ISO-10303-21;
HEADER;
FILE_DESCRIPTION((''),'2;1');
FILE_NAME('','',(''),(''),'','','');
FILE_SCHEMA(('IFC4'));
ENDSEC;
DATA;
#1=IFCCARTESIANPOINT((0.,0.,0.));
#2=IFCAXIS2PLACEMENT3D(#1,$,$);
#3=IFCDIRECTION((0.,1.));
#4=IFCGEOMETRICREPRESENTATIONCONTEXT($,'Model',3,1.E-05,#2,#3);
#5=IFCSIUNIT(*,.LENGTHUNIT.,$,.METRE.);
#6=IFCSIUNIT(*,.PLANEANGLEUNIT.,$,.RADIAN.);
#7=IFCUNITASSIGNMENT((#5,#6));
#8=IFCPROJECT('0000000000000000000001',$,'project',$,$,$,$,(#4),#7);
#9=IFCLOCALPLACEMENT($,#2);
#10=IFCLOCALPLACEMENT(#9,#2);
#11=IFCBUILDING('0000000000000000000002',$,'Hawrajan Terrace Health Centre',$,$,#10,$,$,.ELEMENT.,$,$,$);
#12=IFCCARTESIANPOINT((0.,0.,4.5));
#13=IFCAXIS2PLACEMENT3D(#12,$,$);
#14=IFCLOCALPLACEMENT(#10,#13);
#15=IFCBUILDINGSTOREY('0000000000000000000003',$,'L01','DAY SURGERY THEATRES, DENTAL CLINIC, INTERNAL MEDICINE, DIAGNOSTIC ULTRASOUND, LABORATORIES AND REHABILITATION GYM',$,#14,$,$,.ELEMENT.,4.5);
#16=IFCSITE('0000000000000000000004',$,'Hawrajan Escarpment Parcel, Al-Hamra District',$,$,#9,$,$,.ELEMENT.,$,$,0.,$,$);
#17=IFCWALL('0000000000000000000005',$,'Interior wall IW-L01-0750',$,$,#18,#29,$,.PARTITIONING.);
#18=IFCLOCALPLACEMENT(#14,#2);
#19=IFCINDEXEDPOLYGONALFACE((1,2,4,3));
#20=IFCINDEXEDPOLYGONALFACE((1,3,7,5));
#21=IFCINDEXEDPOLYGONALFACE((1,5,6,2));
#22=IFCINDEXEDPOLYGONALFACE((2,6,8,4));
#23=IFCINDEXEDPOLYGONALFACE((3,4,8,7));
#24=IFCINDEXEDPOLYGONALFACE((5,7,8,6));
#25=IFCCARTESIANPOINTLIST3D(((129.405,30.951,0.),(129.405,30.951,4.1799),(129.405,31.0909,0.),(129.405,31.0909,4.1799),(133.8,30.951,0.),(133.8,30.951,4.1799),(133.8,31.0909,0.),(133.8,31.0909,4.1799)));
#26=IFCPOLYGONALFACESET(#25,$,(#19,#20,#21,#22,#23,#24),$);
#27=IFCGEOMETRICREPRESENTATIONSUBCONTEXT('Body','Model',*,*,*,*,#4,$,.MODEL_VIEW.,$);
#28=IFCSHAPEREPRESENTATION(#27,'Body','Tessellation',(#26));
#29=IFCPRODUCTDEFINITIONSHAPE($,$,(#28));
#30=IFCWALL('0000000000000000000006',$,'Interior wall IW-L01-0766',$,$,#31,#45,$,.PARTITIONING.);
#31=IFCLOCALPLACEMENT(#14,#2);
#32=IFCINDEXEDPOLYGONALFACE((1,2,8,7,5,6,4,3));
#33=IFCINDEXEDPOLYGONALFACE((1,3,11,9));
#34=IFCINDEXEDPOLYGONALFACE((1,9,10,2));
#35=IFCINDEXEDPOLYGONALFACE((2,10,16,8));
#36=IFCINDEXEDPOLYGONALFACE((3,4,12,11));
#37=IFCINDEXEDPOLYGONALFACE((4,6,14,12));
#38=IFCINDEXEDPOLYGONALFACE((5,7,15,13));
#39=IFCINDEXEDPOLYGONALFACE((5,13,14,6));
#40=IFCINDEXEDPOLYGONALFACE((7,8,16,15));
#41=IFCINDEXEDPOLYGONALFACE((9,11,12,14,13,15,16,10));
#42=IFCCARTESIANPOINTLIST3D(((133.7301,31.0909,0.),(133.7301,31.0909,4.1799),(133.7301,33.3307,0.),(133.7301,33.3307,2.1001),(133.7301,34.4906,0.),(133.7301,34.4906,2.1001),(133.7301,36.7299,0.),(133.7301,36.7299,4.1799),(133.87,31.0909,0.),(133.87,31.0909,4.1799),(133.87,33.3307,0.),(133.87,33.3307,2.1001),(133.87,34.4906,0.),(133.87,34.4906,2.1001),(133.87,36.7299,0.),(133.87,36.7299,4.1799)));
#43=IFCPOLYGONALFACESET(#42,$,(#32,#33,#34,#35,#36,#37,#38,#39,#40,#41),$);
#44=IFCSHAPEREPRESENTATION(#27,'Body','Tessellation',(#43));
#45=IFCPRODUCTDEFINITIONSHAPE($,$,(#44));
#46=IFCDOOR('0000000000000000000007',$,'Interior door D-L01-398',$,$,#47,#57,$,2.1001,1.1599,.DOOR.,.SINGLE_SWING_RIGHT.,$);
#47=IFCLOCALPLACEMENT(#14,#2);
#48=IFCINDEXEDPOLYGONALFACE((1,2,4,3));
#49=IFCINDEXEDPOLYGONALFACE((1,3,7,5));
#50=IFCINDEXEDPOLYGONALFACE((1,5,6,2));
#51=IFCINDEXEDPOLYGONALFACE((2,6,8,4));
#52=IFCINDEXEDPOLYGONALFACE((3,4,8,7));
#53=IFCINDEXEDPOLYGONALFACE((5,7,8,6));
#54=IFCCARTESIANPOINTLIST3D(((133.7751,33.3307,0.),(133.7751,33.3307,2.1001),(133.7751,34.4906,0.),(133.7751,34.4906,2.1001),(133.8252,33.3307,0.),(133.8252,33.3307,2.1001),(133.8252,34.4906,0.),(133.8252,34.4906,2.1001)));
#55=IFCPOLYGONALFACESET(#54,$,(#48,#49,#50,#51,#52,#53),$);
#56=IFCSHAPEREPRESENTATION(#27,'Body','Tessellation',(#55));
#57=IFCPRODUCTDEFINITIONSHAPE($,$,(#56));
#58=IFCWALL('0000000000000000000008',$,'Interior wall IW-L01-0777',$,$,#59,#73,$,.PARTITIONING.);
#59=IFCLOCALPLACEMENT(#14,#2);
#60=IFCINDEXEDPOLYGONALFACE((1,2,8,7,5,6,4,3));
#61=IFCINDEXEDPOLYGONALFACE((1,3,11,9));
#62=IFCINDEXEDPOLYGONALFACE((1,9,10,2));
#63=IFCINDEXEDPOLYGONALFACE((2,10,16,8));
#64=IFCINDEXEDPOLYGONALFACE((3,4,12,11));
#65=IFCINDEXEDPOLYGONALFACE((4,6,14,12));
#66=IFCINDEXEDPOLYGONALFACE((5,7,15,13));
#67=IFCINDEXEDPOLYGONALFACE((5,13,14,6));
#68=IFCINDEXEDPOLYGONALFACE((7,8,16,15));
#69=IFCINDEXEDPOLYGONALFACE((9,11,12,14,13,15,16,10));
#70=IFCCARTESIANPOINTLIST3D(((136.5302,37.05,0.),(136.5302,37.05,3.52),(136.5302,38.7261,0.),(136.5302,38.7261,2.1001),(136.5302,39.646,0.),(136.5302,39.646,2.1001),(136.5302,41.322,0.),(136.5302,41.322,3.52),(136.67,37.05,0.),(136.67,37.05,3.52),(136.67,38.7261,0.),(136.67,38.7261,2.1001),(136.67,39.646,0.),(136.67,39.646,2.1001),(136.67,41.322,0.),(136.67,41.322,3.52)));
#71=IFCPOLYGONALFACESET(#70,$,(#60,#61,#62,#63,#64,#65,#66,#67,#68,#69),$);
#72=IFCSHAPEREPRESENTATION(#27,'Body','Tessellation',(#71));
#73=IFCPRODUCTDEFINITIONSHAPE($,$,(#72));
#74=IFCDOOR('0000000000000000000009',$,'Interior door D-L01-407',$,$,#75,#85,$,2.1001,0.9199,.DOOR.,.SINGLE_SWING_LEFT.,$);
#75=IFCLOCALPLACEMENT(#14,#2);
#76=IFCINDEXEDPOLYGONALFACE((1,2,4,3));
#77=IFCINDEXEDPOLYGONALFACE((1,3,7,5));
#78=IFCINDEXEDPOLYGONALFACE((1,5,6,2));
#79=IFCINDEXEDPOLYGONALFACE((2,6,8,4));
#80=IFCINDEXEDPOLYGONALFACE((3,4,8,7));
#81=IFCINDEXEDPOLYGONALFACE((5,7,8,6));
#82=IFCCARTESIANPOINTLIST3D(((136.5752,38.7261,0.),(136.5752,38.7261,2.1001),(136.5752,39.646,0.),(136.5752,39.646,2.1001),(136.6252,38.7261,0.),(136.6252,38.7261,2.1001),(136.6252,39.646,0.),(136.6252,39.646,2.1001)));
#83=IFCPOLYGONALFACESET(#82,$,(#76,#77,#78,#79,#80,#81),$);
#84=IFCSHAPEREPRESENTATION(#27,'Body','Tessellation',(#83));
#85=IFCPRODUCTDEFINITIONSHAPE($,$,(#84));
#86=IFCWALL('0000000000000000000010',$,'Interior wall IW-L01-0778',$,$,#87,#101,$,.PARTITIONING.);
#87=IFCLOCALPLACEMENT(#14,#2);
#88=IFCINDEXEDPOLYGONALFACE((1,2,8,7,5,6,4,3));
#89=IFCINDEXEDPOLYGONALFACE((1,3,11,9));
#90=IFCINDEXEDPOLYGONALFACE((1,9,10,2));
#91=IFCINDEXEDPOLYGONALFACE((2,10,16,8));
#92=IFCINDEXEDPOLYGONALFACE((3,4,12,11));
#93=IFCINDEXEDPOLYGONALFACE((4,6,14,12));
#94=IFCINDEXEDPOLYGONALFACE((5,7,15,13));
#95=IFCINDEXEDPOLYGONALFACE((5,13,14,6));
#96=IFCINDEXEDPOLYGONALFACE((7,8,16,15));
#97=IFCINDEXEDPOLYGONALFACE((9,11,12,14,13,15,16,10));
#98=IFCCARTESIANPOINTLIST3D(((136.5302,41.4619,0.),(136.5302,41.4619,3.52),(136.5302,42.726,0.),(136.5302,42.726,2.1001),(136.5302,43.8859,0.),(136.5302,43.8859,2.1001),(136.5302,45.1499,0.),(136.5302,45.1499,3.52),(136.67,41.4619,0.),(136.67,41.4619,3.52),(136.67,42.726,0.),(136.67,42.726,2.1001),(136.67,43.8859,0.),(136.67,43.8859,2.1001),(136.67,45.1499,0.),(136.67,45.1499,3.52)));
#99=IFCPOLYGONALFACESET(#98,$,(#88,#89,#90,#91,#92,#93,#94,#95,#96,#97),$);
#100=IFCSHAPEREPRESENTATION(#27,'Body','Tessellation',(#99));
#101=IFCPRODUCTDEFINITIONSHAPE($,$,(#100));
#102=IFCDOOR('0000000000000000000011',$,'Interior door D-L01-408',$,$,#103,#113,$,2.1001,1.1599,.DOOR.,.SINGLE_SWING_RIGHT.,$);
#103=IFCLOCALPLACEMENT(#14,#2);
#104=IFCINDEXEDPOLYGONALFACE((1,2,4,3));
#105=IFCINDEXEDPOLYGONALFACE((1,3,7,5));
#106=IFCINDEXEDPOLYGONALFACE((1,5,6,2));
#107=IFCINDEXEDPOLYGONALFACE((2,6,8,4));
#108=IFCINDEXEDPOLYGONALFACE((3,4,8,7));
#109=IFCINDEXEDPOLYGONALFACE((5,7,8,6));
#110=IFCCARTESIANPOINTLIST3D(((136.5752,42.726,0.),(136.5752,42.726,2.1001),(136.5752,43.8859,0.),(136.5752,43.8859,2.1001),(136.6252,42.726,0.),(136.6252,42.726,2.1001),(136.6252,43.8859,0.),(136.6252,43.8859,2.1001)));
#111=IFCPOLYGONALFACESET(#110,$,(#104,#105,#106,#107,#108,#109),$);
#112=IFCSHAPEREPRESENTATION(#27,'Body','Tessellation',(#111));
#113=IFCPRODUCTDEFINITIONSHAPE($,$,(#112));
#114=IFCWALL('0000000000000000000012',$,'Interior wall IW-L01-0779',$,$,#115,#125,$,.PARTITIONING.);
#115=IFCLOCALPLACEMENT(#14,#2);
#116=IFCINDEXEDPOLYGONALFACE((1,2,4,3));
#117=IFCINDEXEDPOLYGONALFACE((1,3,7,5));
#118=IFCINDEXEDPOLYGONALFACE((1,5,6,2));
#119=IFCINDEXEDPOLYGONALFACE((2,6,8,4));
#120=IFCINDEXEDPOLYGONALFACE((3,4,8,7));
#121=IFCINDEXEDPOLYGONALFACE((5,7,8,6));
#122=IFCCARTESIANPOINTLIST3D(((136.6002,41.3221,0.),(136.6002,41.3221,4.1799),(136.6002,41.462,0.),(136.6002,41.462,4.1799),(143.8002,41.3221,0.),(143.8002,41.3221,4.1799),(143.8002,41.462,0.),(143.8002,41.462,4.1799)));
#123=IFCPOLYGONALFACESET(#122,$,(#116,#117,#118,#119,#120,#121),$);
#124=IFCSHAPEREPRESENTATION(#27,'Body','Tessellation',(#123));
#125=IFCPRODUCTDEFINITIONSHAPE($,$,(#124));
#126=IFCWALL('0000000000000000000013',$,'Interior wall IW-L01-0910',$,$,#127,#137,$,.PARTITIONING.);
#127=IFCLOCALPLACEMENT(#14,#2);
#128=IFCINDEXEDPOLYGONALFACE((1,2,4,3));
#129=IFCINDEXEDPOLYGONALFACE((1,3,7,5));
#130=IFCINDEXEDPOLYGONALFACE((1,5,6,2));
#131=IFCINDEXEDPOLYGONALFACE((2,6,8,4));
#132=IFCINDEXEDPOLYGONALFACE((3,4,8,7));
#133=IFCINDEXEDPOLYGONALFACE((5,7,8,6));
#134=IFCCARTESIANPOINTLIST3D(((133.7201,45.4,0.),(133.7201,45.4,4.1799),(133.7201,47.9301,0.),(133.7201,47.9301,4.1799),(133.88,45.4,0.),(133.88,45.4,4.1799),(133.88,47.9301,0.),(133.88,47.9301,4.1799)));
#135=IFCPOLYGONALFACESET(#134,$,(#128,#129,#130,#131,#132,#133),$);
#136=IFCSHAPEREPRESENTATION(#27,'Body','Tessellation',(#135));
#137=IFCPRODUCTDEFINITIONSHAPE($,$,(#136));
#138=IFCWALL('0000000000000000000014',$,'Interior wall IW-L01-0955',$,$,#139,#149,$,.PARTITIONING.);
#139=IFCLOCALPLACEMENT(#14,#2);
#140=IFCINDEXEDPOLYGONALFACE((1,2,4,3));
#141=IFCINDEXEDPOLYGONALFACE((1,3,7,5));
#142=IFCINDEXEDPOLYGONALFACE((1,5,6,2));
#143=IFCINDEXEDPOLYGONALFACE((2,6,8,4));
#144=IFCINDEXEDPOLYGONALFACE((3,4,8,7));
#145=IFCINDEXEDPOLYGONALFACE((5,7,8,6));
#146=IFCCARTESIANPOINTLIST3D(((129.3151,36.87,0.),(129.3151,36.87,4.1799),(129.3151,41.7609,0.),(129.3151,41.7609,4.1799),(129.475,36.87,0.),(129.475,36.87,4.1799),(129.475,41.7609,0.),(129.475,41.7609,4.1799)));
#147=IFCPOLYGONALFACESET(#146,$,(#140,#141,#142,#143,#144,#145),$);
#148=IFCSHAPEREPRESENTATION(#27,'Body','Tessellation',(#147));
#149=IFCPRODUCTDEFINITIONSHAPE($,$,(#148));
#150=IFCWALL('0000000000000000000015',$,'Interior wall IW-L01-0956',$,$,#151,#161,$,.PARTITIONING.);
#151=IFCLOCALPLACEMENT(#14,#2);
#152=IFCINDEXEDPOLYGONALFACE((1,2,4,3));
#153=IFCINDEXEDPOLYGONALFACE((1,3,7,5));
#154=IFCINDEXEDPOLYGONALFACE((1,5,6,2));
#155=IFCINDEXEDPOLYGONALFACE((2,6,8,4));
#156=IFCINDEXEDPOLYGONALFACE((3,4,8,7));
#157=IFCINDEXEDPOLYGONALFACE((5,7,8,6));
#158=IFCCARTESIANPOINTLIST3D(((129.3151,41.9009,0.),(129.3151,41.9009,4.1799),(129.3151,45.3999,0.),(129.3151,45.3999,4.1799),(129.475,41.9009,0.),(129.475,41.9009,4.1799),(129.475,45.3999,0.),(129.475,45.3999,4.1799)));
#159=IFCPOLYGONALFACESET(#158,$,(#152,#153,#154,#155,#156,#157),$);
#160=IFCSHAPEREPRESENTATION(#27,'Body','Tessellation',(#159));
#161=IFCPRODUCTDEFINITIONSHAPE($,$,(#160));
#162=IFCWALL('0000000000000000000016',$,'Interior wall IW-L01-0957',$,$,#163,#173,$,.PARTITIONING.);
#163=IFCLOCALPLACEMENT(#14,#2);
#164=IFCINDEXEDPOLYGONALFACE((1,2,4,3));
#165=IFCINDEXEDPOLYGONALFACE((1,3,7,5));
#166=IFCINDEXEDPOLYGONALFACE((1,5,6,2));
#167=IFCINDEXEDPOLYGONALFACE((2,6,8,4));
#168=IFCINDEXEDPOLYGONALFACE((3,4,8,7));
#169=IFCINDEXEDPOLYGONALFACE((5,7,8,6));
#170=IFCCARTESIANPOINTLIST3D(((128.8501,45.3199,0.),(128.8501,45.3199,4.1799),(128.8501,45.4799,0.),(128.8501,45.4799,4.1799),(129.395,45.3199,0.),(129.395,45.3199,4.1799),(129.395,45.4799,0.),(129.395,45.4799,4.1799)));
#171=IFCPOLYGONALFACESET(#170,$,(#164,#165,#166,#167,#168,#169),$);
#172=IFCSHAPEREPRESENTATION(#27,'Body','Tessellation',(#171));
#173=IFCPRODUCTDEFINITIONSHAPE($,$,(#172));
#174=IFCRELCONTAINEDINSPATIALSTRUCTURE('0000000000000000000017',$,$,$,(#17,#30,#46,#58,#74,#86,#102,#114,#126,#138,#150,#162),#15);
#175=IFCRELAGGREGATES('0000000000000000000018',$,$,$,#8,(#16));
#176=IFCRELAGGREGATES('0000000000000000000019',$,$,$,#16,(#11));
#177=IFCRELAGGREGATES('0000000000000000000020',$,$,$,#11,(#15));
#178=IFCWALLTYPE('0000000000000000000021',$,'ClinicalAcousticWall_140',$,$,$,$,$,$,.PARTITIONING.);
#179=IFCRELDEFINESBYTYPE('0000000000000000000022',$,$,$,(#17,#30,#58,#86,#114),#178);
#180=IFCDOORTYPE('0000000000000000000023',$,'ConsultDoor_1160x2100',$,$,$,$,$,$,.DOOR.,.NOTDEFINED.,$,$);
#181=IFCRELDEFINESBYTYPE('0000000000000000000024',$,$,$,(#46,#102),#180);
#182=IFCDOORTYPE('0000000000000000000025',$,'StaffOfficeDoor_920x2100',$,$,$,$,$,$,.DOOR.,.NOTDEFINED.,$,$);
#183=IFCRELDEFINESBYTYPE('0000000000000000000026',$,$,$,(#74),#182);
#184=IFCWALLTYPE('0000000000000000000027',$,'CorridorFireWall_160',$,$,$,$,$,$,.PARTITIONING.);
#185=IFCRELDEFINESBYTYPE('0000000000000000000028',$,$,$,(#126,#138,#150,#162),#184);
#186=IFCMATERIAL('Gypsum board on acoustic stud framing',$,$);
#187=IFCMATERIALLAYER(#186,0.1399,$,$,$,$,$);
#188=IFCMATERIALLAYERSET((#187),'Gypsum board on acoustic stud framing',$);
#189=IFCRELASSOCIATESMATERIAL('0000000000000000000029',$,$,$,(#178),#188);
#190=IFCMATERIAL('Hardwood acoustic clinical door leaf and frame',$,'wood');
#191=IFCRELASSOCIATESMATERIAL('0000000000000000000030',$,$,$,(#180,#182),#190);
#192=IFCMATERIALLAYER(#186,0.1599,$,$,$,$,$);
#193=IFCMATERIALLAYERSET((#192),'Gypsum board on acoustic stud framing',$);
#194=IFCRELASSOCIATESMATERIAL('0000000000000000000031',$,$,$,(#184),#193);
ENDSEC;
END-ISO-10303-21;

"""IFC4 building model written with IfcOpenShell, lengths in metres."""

from ifc_helpers import new_model, si_unit, direction, frame, frame_2d, origin, place, context, subcontext, project, spatial, rectangle, extrude, material, layer, layer_set, type_object, element, fill, save


model = new_model("IFC4")

# Units and contexts
model_context = context("Model", 3, precision=1e-05, world=origin(), true_north=direction((0.0, 1.0)))
body_context = subcontext(model_context, "Body", "Model", "MODEL_VIEW")
ifc_project = project(units=[si_unit("LENGTHUNIT", "METRE"), si_unit("PLANEANGLEUNIT", "RADIAN")], contexts=[model_context])

# Site, building, storey
site_placement = place(None, origin())
site = spatial("IfcSite", under=ifc_project, at=site_placement, Name="Hawrajan Escarpment Parcel, Al-Hamra District", CompositionType="ELEMENT", RefElevation=0.0)
building_placement = place(site_placement, origin())
building = spatial("IfcBuilding", under=site, at=building_placement, Name="Hawrajan Terrace Health Centre", CompositionType="ELEMENT")
storey_placement = place(building_placement, frame((0.0, 0.0, 4.5)))
storey = spatial("IfcBuildingStorey", under=building, at=storey_placement, Name="L01", Description="DAY SURGERY THEATRES, DENTAL CLINIC, INTERNAL MEDICINE, DIAGNOSTIC ULTRASOUND, LABORATORIES AND REHABILITATION GYM", CompositionType="ELEMENT", Elevation=4.5)

# Wall
ifc_material_1 = material(Name="Gypsum board on acoustic stud framing")
ifc_layer_1 = layer(ifc_material_1, 0.1399)
ifc_layer_set_1 = layer_set([ifc_layer_1], Name="Gypsum board on acoustic stud framing")
wall_type_1 = type_object("IfcWallType", Name="ClinicalAcousticWall_140", PredefinedType="PARTITIONING", material=ifc_layer_set_1)
wall_1_placement = place(storey_placement, frame((129.405, 31.021, 0.0), z_axis=(0.0, 0.0, 1.0), x_axis=(1.0, 0.0, 0.0)))
element("IfcWall", 1, at=wall_1_placement, inside=storey, type_object=wall_type_1, Name="Interior wall IW-L01-0750", PredefinedType="PARTITIONING", context=body_context, shape_type="SweptSolid", body=[
    extrude(rectangle(XDim=4.395, YDim=0.1399, at=frame_2d((2.1975, 0.0))), origin(), (0.0, 0.0, 1.0), 4.1799),
])

# Walls, openings, doors
wall_2_placement = place(storey_placement, frame((133.8, 31.0911, 0.0), z_axis=(0.0, 0.0, 1.0), x_axis=(0.0, 1.0, 0.0)))
wall_2 = element("IfcWall", 2, at=wall_2_placement, inside=storey, type_object=wall_type_1, Name="Interior wall IW-L01-0766", PredefinedType="PARTITIONING", context=body_context, shape_type="SweptSolid", body=[
    extrude(rectangle(XDim=5.6389, YDim=0.1399, at=frame_2d((2.8193, 0.0))), origin(), (0.0, 0.0, 1.0), 4.1799),
])
opening_1_placement = place(wall_2_placement, frame((2.2395, 0.0, 0.0)))
opening_1 = element("IfcOpeningElement", 3, at=opening_1_placement, cuts=wall_2, PredefinedType="OPENING", context=body_context, shape_type="SweptSolid", body=[
    extrude(rectangle(XDim=1.1599, YDim=2.1001, at=frame_2d((0.5801, 1.05))), frame((0.0, 0.0798, 0.0), z_axis=(0.0, -1.0, 0.0), x_axis=(1.0, 0.0, 0.0)), (0.0, 0.0, 1.0), 0.1599),
])
ifc_material_2 = material(Name="Hardwood acoustic clinical door leaf and frame", Category="wood")
door_type_1 = type_object("IfcDoorType", Name="ConsultDoor_1160x2100", OperationType="NOTDEFINED", PredefinedType="DOOR", material=ifc_material_2)
door_1_placement = place(opening_1_placement, origin())
door_1 = element("IfcDoor", 4, at=door_1_placement, inside=storey, type_object=door_type_1, Name="Interior door D-L01-398", OperationType="SINGLE_SWING_RIGHT", OverallHeight=2.1001, OverallWidth=1.1599, PredefinedType="DOOR", context=body_context, shape_type="SweptSolid", body=[
    extrude(rectangle(XDim=1.1599, YDim=2.1001, at=frame_2d((0.5801, 1.05))), frame((0.0, 0.0249, 0.0), z_axis=(0.0, -1.0, 0.0), x_axis=(1.0, 0.0, 0.0)), (0.0, 0.0, 1.0), 0.05),
])
fill(opening_1, door_1)
wall_3_placement = place(storey_placement, frame((136.6001, 37.05, 0.0), z_axis=(0.0, 0.0, 1.0), x_axis=(0.0, 1.0, 0.0)))
wall_3 = element("IfcWall", 5, at=wall_3_placement, inside=storey, type_object=wall_type_1, Name="Interior wall IW-L01-0777", PredefinedType="PARTITIONING", context=body_context, shape_type="SweptSolid", body=[
    extrude(rectangle(XDim=4.272, YDim=0.1399, at=frame_2d((2.136, 0.0))), origin(), (0.0, 0.0, 1.0), 3.52),
])
opening_2_placement = place(wall_3_placement, frame((1.676, 0.0, 0.0)))
opening_2 = element("IfcOpeningElement", 6, at=opening_2_placement, cuts=wall_3, PredefinedType="OPENING", context=body_context, shape_type="SweptSolid", body=[
    extrude(rectangle(XDim=0.9199, YDim=2.1001, at=frame_2d((0.46, 1.05))), frame((0.0, 0.0798, 0.0), z_axis=(0.0, -1.0, 0.0), x_axis=(1.0, 0.0, 0.0)), (0.0, 0.0, 1.0), 0.1599),
])
door_type_2 = type_object("IfcDoorType", Name="StaffOfficeDoor_920x2100", OperationType="NOTDEFINED", PredefinedType="DOOR", material=ifc_material_2)
door_2_placement = place(opening_2_placement, origin())
door_2 = element("IfcDoor", 7, at=door_2_placement, inside=storey, type_object=door_type_2, Name="Interior door D-L01-407", OperationType="SINGLE_SWING_LEFT", OverallHeight=2.1001, OverallWidth=0.9199, PredefinedType="DOOR", context=body_context, shape_type="SweptSolid", body=[
    extrude(rectangle(XDim=0.9199, YDim=2.1001, at=frame_2d((0.46, 1.05))), frame((0.0, 0.0249, 0.0), z_axis=(0.0, -1.0, 0.0), x_axis=(1.0, 0.0, 0.0)), (0.0, 0.0, 1.0), 0.05),
])
fill(opening_2, door_2)
wall_4_placement = place(storey_placement, frame((136.6001, 41.4619, 0.0), z_axis=(0.0, 0.0, 1.0), x_axis=(0.0, 1.0, 0.0)))
wall_4 = element("IfcWall", 8, at=wall_4_placement, inside=storey, type_object=wall_type_1, Name="Interior wall IW-L01-0778", PredefinedType="PARTITIONING", context=body_context, shape_type="SweptSolid", body=[
    extrude(rectangle(XDim=3.688, YDim=0.1399, at=frame_2d((1.844, 0.0))), origin(), (0.0, 0.0, 1.0), 3.52),
])
opening_3_placement = place(wall_4_placement, frame((1.2639, 0.0, 0.0)))
opening_3 = element("IfcOpeningElement", 9, at=opening_3_placement, cuts=wall_4, PredefinedType="OPENING", context=body_context, shape_type="SweptSolid", body=[
    extrude(rectangle(XDim=1.1599, YDim=2.1001, at=frame_2d((0.5801, 1.05))), frame((0.0, 0.0798, 0.0), z_axis=(0.0, -1.0, 0.0), x_axis=(1.0, 0.0, 0.0)), (0.0, 0.0, 1.0), 0.1599),
])
door_3_placement = place(opening_3_placement, origin())
door_3 = element("IfcDoor", 10, at=door_3_placement, inside=storey, type_object=door_type_1, Name="Interior door D-L01-408", OperationType="SINGLE_SWING_RIGHT", OverallHeight=2.1001, OverallWidth=1.1599, PredefinedType="DOOR", context=body_context, shape_type="SweptSolid", body=[
    extrude(rectangle(XDim=1.1599, YDim=2.1001, at=frame_2d((0.5801, 1.05))), frame((0.0, 0.0249, 0.0), z_axis=(0.0, -1.0, 0.0), x_axis=(1.0, 0.0, 0.0)), (0.0, 0.0, 1.0), 0.05),
])
fill(opening_3, door_3)

# Walls
wall_5_placement = place(storey_placement, frame((136.6001, 41.3921, 0.0), z_axis=(0.0, 0.0, 1.0), x_axis=(1.0, 0.0, 0.0)))
element("IfcWall", 11, at=wall_5_placement, inside=storey, type_object=wall_type_1, Name="Interior wall IW-L01-0779", PredefinedType="PARTITIONING", context=body_context, shape_type="SweptSolid", body=[
    extrude(rectangle(XDim=7.2, YDim=0.1399, at=frame_2d((3.6001, 0.0))), origin(), (0.0, 0.0, 1.0), 4.1799),
])
ifc_layer_2 = layer(ifc_material_1, 0.1599)
ifc_layer_set_2 = layer_set([ifc_layer_2], Name="Gypsum board on acoustic stud framing")
wall_type_2 = type_object("IfcWallType", Name="CorridorFireWall_160", PredefinedType="PARTITIONING", material=ifc_layer_set_2)
wall_6_placement = place(storey_placement, frame((133.8, 45.3999, 0.0), z_axis=(0.0, 0.0, 1.0), x_axis=(0.0, 1.0, 0.0)))
element("IfcWall", 12, at=wall_6_placement, inside=storey, type_object=wall_type_2, Name="Interior wall IW-L01-0910", PredefinedType="PARTITIONING", context=body_context, shape_type="SweptSolid", body=[
    extrude(rectangle(XDim=2.53, YDim=0.1599, at=frame_2d((1.2651, 0.0))), origin(), (0.0, 0.0, 1.0), 4.1799),
])
wall_7_placement = place(storey_placement, frame((129.395, 36.8701, 0.0), z_axis=(0.0, 0.0, 1.0), x_axis=(0.0, 1.0, 0.0)))
element("IfcWall", 13, at=wall_7_placement, inside=storey, type_object=wall_type_2, Name="Interior wall IW-L01-0955", PredefinedType="PARTITIONING", context=body_context, shape_type="SweptSolid", body=[
    extrude(rectangle(XDim=4.8909, YDim=0.1599, at=frame_2d((2.4453, 0.0))), origin(), (0.0, 0.0, 1.0), 4.1799),
])
wall_8_placement = place(storey_placement, frame((129.395, 41.9009, 0.0), z_axis=(0.0, 0.0, 1.0), x_axis=(0.0, 1.0, 0.0)))
element("IfcWall", 14, at=wall_8_placement, inside=storey, type_object=wall_type_2, Name="Interior wall IW-L01-0956", PredefinedType="PARTITIONING", context=body_context, shape_type="SweptSolid", body=[
    extrude(rectangle(XDim=3.499, YDim=0.1599, at=frame_2d((1.7495, 0.0))), origin(), (0.0, 0.0, 1.0), 4.1799),
])
wall_9_placement = place(storey_placement, frame((129.395, 45.3999, 0.0), z_axis=(0.0, 0.0, 1.0), x_axis=(-1.0, 0.0, 0.0)))
element("IfcWall", 15, at=wall_9_placement, inside=storey, type_object=wall_type_2, Name="Interior wall IW-L01-0957", PredefinedType="PARTITIONING", context=body_context, shape_type="SweptSolid", body=[
    extrude(rectangle(XDim=0.5449, YDim=0.1599, at=frame_2d((0.2725, 0.0))), origin(), (0.0, 0.0, 1.0), 4.1799),
])

save(model, "model.ifc")
